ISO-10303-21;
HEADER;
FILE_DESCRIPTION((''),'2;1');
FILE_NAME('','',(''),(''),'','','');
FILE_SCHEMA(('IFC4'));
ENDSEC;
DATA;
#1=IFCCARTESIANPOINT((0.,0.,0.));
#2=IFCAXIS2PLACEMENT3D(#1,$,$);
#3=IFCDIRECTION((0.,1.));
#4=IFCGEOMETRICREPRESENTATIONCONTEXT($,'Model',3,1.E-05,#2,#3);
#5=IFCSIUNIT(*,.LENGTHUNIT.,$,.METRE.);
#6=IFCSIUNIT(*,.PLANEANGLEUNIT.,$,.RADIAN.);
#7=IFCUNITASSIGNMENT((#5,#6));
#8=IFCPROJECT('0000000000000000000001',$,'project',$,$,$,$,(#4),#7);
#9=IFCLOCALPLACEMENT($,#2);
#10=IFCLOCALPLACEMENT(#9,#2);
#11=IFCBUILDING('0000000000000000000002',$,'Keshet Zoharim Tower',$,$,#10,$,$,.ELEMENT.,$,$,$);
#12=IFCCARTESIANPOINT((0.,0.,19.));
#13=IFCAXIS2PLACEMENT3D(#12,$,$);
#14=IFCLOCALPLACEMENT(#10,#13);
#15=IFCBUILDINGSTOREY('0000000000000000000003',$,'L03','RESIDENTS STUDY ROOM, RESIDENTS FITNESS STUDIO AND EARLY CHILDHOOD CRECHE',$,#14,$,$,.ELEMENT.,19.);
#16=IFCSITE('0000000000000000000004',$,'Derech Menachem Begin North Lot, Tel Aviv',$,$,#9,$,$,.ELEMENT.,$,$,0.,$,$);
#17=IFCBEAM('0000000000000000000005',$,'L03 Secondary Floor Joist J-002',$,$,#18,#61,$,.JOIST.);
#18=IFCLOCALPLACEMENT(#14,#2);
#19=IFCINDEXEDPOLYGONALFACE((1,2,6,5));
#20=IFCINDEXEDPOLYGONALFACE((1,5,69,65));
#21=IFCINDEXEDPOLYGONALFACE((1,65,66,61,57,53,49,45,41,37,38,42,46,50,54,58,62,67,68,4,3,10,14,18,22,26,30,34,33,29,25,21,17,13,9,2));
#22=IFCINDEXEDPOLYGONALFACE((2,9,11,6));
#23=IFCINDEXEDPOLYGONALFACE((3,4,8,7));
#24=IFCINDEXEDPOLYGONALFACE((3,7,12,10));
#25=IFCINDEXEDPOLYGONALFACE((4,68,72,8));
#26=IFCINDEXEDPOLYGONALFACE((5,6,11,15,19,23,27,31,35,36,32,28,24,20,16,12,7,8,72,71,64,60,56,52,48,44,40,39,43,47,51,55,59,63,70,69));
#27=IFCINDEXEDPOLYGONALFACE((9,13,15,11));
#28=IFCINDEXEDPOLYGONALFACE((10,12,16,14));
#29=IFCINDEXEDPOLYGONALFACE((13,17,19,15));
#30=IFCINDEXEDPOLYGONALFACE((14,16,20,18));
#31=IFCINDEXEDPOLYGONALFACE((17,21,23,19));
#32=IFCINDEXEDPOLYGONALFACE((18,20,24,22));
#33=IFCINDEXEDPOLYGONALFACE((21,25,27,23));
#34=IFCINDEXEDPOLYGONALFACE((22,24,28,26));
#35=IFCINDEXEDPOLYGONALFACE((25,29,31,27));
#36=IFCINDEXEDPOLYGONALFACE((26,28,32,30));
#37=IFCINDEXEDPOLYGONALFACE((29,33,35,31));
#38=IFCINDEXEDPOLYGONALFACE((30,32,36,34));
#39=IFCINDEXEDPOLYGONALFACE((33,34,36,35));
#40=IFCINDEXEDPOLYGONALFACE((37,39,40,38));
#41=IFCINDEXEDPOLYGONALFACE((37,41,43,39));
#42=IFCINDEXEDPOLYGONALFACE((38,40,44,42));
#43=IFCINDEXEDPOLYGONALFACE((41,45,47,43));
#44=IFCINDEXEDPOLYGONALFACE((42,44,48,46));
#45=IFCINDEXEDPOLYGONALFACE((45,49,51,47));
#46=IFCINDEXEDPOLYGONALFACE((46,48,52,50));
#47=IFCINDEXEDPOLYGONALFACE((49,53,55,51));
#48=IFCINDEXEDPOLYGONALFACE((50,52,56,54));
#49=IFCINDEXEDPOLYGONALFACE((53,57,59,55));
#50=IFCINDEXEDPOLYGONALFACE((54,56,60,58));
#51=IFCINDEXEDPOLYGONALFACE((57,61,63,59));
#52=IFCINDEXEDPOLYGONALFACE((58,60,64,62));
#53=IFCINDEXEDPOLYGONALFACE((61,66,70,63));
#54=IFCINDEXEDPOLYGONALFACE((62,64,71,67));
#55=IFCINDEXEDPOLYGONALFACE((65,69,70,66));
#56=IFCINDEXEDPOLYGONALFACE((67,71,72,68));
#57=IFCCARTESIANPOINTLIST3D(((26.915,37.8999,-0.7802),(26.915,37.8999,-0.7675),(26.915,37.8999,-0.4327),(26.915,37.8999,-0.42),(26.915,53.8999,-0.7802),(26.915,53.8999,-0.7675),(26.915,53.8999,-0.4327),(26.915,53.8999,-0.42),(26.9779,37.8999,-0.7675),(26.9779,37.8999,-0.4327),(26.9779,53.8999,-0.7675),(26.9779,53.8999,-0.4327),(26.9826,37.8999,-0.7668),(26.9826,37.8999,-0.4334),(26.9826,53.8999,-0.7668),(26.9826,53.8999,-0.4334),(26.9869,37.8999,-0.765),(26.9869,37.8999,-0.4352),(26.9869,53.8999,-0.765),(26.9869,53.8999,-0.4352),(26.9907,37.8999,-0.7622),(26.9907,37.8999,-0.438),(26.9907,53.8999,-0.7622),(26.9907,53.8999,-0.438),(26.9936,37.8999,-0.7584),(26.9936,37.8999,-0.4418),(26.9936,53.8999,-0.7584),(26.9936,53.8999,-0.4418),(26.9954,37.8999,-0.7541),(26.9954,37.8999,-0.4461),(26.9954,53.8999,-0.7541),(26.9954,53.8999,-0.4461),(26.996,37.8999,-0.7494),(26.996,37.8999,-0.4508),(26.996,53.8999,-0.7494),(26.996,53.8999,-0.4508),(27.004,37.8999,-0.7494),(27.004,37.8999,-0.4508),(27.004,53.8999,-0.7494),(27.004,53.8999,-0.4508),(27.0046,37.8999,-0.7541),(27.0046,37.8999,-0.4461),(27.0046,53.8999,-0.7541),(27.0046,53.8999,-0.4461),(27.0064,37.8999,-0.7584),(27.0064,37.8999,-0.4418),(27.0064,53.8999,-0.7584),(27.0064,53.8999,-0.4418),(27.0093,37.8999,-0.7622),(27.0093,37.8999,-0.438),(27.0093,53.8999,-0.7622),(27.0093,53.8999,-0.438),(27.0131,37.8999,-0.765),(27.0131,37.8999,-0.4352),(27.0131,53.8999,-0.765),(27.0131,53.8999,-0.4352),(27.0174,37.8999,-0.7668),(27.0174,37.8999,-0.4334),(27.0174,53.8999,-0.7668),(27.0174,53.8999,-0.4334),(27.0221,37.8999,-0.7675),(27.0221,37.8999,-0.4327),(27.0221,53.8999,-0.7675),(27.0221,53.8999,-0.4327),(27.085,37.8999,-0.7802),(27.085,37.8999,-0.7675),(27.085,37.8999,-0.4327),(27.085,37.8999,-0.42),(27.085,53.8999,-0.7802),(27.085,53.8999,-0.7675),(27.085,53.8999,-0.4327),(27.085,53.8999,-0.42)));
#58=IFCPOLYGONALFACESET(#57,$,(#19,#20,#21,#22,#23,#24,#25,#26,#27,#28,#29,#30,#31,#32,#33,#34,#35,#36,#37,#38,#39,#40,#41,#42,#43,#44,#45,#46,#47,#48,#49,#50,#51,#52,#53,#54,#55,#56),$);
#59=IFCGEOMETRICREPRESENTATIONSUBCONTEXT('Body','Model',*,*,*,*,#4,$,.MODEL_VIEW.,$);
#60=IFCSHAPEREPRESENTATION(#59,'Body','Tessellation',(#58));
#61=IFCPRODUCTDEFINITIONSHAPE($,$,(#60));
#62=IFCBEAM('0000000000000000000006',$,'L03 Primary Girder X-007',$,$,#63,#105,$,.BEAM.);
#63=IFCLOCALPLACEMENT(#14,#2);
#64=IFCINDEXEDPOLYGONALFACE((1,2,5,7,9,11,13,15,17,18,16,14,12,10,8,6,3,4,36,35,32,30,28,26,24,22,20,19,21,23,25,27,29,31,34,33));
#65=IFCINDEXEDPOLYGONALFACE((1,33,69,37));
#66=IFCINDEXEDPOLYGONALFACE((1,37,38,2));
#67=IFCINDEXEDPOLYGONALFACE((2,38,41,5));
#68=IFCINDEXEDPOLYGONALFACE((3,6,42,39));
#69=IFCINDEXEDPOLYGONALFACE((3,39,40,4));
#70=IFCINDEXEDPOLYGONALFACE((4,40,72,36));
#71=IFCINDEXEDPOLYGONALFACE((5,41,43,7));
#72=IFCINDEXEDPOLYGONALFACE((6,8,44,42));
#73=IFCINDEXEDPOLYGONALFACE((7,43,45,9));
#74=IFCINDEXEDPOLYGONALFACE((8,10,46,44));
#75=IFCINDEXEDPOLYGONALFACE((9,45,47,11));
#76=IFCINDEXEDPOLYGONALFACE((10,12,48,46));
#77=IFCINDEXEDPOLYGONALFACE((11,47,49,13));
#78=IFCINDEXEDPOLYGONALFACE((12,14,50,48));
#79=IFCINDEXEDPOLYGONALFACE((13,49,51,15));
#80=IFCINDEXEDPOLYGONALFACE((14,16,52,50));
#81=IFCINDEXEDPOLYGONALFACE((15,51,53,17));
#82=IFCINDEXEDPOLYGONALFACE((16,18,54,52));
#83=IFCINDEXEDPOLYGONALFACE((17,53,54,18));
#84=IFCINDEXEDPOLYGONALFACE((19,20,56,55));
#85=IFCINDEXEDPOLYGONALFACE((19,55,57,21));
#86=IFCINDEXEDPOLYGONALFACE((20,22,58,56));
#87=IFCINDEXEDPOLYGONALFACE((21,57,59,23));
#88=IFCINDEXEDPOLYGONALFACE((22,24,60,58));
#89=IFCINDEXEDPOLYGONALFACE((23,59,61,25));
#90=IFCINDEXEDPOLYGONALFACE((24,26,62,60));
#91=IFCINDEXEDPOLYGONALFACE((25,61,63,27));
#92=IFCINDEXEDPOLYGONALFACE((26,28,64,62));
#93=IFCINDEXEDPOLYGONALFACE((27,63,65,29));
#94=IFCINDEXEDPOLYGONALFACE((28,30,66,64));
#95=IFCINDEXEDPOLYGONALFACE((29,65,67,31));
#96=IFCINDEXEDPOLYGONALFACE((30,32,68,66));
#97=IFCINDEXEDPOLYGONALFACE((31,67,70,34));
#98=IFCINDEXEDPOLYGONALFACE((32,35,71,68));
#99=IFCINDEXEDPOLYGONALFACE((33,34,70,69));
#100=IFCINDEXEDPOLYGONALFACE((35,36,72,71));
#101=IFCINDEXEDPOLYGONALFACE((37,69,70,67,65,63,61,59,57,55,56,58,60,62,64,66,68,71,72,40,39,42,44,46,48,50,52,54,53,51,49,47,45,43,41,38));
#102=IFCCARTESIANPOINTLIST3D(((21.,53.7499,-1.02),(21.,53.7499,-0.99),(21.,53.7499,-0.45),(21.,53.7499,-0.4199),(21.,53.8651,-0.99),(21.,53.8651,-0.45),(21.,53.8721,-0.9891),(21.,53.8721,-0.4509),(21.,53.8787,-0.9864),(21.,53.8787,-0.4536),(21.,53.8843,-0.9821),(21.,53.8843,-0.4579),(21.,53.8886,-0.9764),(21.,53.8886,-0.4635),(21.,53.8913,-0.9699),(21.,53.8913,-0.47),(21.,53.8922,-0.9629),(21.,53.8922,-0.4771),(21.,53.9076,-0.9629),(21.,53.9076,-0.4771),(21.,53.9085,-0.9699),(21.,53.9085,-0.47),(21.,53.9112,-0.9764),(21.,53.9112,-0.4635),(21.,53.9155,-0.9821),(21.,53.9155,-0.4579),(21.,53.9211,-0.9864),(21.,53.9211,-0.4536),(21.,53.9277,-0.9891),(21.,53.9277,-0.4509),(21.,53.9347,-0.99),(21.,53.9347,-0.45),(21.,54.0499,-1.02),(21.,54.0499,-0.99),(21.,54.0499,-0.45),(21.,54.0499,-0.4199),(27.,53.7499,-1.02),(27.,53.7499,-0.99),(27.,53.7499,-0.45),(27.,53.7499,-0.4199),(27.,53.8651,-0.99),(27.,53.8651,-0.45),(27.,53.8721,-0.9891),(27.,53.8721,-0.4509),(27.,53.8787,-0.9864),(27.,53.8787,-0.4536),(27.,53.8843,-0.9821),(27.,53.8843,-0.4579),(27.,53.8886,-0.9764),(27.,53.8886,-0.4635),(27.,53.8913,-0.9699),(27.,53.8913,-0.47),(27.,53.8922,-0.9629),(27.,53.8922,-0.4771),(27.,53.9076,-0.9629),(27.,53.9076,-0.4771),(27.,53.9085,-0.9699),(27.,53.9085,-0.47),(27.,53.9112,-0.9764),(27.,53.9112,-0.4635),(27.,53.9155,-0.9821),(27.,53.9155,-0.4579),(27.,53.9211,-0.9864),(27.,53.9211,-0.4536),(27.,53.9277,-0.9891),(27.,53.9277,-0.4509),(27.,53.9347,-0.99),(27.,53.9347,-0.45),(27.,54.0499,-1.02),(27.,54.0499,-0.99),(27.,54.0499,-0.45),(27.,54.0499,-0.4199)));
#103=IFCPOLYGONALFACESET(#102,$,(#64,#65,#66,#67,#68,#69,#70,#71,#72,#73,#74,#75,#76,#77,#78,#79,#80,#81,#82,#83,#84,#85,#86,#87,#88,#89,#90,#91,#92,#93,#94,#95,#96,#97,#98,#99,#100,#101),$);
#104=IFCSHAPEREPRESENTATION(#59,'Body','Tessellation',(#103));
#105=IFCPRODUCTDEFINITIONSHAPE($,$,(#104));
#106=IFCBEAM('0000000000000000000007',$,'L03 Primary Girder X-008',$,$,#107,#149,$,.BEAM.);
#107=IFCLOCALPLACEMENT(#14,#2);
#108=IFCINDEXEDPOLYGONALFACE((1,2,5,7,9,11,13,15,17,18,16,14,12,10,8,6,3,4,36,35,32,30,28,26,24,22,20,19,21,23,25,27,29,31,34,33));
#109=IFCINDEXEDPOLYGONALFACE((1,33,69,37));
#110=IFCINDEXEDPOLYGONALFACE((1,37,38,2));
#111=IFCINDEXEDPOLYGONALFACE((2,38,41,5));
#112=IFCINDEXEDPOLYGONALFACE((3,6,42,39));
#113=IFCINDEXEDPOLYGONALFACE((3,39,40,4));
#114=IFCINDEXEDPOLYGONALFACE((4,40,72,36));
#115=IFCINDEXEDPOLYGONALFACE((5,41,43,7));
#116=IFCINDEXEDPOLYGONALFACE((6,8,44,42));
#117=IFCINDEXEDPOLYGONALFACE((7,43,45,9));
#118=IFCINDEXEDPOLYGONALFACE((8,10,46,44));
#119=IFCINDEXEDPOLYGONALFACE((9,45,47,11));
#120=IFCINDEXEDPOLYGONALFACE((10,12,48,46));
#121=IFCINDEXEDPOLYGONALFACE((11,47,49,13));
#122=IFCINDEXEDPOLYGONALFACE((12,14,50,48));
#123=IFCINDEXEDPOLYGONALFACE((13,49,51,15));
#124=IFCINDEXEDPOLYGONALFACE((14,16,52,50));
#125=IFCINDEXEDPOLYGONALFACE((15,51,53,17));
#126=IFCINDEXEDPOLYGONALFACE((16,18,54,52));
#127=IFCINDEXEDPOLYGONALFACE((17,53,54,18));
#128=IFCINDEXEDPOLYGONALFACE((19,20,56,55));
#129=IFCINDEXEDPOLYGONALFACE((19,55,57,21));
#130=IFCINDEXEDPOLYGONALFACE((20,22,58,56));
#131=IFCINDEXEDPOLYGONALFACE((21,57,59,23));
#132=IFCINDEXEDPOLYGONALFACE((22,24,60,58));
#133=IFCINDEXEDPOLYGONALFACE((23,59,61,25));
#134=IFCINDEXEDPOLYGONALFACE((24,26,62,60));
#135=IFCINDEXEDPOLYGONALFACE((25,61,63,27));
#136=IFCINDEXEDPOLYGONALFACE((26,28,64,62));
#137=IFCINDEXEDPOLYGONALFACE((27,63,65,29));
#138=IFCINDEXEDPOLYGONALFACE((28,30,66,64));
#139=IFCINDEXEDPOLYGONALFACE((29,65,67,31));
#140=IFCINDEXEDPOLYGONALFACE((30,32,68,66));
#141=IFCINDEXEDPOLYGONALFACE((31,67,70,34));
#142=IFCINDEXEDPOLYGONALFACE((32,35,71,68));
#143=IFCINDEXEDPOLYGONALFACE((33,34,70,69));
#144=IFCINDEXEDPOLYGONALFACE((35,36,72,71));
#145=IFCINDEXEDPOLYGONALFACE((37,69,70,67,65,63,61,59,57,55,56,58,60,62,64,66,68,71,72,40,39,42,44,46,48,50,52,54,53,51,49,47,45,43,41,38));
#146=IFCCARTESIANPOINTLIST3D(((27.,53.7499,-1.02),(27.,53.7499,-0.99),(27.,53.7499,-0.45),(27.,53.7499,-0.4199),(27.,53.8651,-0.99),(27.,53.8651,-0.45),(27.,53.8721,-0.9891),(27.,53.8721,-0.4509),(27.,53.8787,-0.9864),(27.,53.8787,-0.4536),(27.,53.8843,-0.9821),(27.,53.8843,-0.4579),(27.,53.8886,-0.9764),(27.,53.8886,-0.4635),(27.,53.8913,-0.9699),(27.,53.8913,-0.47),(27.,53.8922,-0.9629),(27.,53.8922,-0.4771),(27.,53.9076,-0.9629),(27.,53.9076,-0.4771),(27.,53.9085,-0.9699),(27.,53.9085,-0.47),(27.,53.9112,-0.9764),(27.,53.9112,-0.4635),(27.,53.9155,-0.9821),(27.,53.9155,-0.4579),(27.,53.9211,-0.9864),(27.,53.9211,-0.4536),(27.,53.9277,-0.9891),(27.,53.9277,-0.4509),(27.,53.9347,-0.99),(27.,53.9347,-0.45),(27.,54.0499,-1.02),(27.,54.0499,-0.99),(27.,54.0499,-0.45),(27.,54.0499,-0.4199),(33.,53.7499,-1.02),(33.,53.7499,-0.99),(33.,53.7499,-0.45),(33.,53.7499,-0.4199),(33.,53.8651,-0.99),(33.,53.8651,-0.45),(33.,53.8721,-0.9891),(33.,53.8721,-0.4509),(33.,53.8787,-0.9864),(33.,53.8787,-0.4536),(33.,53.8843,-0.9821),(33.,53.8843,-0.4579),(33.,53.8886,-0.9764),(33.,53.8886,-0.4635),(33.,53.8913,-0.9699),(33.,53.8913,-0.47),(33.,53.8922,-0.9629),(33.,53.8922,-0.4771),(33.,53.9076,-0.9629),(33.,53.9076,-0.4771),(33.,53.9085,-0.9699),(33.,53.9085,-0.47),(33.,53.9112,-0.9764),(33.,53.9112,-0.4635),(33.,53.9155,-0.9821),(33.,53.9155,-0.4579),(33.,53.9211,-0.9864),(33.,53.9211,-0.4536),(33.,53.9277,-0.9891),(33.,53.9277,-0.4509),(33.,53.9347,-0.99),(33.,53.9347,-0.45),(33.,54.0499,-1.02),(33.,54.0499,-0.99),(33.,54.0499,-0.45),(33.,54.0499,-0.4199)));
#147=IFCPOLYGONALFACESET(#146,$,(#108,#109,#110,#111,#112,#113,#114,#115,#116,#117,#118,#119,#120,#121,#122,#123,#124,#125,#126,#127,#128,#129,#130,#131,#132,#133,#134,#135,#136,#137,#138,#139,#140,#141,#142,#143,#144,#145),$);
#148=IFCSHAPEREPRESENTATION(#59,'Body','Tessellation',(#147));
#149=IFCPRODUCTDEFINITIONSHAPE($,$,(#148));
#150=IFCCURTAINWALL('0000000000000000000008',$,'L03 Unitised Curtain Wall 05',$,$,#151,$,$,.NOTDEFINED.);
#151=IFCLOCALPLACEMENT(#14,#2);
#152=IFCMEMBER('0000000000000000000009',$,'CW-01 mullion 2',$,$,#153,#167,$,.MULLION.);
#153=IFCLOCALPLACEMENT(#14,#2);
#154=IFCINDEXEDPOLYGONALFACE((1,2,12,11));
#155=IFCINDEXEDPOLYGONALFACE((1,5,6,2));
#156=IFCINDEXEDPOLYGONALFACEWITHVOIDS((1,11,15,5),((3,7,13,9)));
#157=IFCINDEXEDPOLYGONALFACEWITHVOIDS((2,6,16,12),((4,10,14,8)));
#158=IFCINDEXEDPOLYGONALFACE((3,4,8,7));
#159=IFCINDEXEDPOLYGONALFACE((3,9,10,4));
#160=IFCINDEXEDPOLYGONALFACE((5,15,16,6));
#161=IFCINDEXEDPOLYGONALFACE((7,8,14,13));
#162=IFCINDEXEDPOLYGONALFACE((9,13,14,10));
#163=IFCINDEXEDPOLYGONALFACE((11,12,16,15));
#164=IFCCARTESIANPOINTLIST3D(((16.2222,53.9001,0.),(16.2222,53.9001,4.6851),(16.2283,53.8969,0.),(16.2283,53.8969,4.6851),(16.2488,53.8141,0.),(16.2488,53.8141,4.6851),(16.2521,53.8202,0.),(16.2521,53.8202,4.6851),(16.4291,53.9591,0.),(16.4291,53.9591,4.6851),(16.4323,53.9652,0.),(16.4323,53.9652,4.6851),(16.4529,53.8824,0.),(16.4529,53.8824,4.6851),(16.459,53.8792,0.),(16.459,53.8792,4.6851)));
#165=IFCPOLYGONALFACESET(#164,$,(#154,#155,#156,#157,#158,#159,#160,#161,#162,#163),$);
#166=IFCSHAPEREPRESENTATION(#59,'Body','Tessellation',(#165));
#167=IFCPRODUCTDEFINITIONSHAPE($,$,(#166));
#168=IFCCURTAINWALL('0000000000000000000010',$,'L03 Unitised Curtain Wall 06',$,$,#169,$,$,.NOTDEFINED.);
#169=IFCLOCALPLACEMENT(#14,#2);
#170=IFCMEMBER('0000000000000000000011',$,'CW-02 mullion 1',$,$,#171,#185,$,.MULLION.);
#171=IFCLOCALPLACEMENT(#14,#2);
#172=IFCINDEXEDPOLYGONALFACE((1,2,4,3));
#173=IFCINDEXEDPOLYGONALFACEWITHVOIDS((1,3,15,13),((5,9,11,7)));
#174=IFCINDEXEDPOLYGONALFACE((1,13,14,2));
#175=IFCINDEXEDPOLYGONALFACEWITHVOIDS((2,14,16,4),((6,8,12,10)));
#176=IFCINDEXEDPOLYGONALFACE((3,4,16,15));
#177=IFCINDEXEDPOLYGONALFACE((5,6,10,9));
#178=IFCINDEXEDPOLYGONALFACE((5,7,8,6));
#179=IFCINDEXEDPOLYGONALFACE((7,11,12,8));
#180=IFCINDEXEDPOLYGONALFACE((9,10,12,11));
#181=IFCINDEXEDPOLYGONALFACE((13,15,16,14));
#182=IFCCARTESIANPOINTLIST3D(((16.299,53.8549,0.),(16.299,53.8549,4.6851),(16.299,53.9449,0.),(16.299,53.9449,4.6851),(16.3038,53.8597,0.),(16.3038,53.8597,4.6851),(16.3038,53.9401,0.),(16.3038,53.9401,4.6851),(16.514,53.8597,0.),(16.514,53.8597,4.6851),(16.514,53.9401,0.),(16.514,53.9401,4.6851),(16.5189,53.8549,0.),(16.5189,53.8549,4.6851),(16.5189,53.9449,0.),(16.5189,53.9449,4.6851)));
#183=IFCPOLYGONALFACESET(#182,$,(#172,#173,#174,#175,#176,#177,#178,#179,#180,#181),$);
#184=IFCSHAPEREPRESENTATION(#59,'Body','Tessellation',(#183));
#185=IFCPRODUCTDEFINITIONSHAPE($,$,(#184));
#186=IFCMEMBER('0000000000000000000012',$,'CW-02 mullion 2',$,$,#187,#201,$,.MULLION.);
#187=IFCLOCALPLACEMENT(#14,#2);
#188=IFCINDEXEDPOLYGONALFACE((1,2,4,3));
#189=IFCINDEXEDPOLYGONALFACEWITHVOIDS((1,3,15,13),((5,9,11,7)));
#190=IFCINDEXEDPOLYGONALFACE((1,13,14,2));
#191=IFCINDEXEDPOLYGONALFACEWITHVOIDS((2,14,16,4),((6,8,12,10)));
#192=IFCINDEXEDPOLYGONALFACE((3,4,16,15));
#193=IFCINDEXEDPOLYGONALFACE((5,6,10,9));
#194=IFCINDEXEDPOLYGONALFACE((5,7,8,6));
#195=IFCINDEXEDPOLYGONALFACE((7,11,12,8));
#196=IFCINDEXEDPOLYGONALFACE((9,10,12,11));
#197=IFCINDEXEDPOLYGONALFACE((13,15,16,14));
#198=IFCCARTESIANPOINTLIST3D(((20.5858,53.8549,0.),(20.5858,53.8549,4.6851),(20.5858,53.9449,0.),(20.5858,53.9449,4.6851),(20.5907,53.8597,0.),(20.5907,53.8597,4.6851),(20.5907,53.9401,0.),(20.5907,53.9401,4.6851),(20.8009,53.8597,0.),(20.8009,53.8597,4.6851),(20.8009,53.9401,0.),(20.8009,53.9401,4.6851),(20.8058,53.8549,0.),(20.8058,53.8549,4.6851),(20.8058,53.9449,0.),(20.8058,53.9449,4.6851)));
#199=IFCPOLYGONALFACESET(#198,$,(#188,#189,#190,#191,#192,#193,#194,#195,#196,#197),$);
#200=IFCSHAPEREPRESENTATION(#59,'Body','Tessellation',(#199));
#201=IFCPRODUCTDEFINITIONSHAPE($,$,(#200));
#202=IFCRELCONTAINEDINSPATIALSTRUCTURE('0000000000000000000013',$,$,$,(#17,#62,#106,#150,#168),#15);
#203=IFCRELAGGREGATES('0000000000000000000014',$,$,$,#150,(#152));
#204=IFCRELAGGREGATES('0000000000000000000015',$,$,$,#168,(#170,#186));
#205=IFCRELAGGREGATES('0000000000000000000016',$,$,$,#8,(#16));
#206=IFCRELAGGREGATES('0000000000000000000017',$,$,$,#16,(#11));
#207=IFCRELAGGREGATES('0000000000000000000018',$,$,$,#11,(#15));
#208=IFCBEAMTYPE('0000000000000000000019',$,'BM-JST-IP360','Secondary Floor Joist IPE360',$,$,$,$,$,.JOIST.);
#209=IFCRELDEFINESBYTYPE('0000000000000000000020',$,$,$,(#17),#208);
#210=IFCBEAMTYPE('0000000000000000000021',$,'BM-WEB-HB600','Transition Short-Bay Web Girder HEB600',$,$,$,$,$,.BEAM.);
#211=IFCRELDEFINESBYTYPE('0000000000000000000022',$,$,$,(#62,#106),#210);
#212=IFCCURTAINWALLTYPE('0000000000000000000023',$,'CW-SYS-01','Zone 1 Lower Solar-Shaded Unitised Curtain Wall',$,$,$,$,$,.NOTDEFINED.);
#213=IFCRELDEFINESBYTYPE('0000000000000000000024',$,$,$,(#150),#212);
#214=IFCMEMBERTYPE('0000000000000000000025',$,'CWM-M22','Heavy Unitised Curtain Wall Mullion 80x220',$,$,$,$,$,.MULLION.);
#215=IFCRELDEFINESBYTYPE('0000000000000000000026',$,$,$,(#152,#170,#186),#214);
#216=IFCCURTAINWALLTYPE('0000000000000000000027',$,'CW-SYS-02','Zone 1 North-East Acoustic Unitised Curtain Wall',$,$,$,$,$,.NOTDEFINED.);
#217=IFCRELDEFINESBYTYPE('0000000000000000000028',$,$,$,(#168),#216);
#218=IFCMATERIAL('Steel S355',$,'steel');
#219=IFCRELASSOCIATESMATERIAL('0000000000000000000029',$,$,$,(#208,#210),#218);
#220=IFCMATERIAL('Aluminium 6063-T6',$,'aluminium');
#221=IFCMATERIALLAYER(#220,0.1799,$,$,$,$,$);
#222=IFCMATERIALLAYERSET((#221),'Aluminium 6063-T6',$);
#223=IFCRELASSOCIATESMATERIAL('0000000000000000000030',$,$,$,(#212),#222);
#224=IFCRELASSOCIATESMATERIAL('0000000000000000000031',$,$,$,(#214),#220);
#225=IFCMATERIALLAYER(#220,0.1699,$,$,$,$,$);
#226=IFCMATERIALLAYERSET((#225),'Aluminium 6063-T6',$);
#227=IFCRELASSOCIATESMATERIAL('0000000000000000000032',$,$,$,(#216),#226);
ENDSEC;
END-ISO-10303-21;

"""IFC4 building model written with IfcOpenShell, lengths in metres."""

from ifc_helpers import new_model, si_unit, direction, frame, origin, origin_2d, place, context, subcontext, project, spatial, hollow_rectangle, i_section, extrude, material, layer, layer_set, material_profile, profile_set, type_object, element, aggregate, save


model = new_model("IFC4")

# Units and contexts
model_context = context("Model", 3, precision=1e-05, world=origin(), true_north=direction((0.0, 1.0)))
body_context = subcontext(model_context, "Body", "Model", "MODEL_VIEW")
ifc_project = project(units=[si_unit("LENGTHUNIT", "METRE"), si_unit("PLANEANGLEUNIT", "RADIAN")], contexts=[model_context])

# Site, building, storey
site_placement = place(None, origin())
site = spatial("IfcSite", under=ifc_project, at=site_placement, Name="Derech Menachem Begin North Lot, Tel Aviv", CompositionType="ELEMENT", RefElevation=0.0)
building_placement = place(site_placement, origin())
building = spatial("IfcBuilding", under=site, at=building_placement, Name="Keshet Zoharim Tower", CompositionType="ELEMENT")
storey_placement = place(building_placement, frame((0.0, 0.0, 19.0)))
storey = spatial("IfcBuildingStorey", under=building, at=storey_placement, Name="L03", Description="RESIDENTS STUDY ROOM, RESIDENTS FITNESS STUDIO AND EARLY CHILDHOOD CRECHE", CompositionType="ELEMENT", Elevation=19.0)

# Shared definitions
ifc_material_1 = material(Name="Steel S355", Category="steel")

# Beams
ifc_material_profile_1 = material_profile(ifc_material_1, i_section(OverallWidth=0.1699, OverallDepth=0.3601, WebThickness=0.0081, FlangeThickness=0.0127, FilletRadius=0.0181, at=origin_2d()), Name="IPE360")
ifc_profile_set_1 = profile_set([ifc_material_profile_1], Name="Steel S355")
beam_type_1 = type_object("IfcBeamType", Name="BM-JST-IP360", Description="Secondary Floor Joist IPE360", PredefinedType="JOIST", material=ifc_profile_set_1)
for number, where, z_axis, x_axis, name in (
    (1, (27.0, 37.8999, -0.6001), (0.0, 1.0, 0.0), (-1.0, 0.0, 0.0), "L03 Secondary Floor Joist J-002"),
):
    element("IfcBeam", number, at=place(storey_placement, frame(where, z_axis=z_axis, x_axis=x_axis)), inside=storey, type_object=beam_type_1, Name=name, PredefinedType="JOIST", context=body_context, shape_type="SweptSolid", body=[
        extrude(i_section(OverallWidth=0.1699, OverallDepth=0.3601, WebThickness=0.0081, FlangeThickness=0.0127, FilletRadius=0.0181, at=origin_2d()), origin(), (0.0, 0.0, 1.0), 16.0),
    ])
ifc_material_profile_2 = material_profile(ifc_material_1, i_section(OverallWidth=0.3, OverallDepth=0.6001, WebThickness=0.0154, FlangeThickness=0.03, FilletRadius=0.0271, at=origin_2d()), Name="HEB600")
ifc_profile_set_2 = profile_set([ifc_material_profile_2], Name="Steel S355")
beam_type_2 = type_object("IfcBeamType", Name="BM-WEB-HB600", Description="Transition Short-Bay Web Girder HEB600", PredefinedType="BEAM", material=ifc_profile_set_2)
for number, where, z_axis, x_axis, name in (
    (2, (21.0, 53.8999, -0.72), (1.0, 0.0, 0.0), (0.0, 1.0, 0.0), "L03 Primary Girder X-007"),
    (3, (27.0, 53.8999, -0.72), (1.0, 0.0, 0.0), (0.0, 1.0, 0.0), "L03 Primary Girder X-008"),
):
    element("IfcBeam", number, at=place(storey_placement, frame(where, z_axis=z_axis, x_axis=x_axis)), inside=storey, type_object=beam_type_2, Name=name, PredefinedType="BEAM", context=body_context, shape_type="SweptSolid", body=[
        extrude(i_section(OverallWidth=0.3, OverallDepth=0.6001, WebThickness=0.0154, FlangeThickness=0.03, FilletRadius=0.0271, at=origin_2d()), origin(), (0.0, 0.0, 1.0), 6.0),
    ])

# Curtain wall, member
ifc_material_2 = material(Name="Aluminium 6063-T6", Category="aluminium")
ifc_layer_1 = layer(ifc_material_2, 0.1799)
ifc_layer_set_1 = layer_set([ifc_layer_1], Name="Aluminium 6063-T6")
curtain_wall_type_1 = type_object("IfcCurtainWallType", Name="CW-SYS-01", Description="Zone 1 Lower Solar-Shaded Unitised Curtain Wall", PredefinedType="NOTDEFINED", material=ifc_layer_set_1)
curtain_wall_1_placement = place(storey_placement, origin())
curtain_wall_1 = element("IfcCurtainWall", 4, at=curtain_wall_1_placement, inside=storey, type_object=curtain_wall_type_1, Name="L03 Unitised Curtain Wall 05", PredefinedType="NOTDEFINED")
ifc_material_profile_3 = material_profile(ifc_material_2, hollow_rectangle(XDim=0.0901, YDim=0.22, WallThickness=0.0049, at=origin_2d()), Name="MUL-90x220")
ifc_profile_set_3 = profile_set([ifc_material_profile_3], Name="Aluminium 6063-T6")
member_type_1 = type_object("IfcMemberType", Name="CWM-M22", Description="Heavy Unitised Curtain Wall Mullion 80x220", PredefinedType="MULLION", material=ifc_profile_set_3)
member_1_placement = place(storey_placement, frame((16.3406, 53.8896, 0.0), z_axis=(0.0, 0.0, 1.0), x_axis=(-0.295922, 0.955212, 0.0)))
member_1 = element("IfcMember", 5, at=member_1_placement, type_object=member_type_1, Name="CW-01 mullion 2", PredefinedType="MULLION", context=body_context, shape_type="SweptSolid", body=[
    extrude(hollow_rectangle(XDim=0.0901, YDim=0.22, WallThickness=0.0049, at=origin_2d()), origin(), (0.0, 0.0, 1.0), 4.6851),
])
aggregate(curtain_wall_1, [member_1])

# Curtain wall, members
ifc_layer_2 = layer(ifc_material_2, 0.1699)
ifc_layer_set_2 = layer_set([ifc_layer_2], Name="Aluminium 6063-T6")
curtain_wall_type_2 = type_object("IfcCurtainWallType", Name="CW-SYS-02", Description="Zone 1 North-East Acoustic Unitised Curtain Wall", PredefinedType="NOTDEFINED", material=ifc_layer_set_2)
curtain_wall_2_placement = place(storey_placement, origin())
curtain_wall_2 = element("IfcCurtainWall", 6, at=curtain_wall_2_placement, inside=storey, type_object=curtain_wall_type_2, Name="L03 Unitised Curtain Wall 06", PredefinedType="NOTDEFINED")
member_2_placement = place(storey_placement, frame((16.4089, 53.8999, 0.0), z_axis=(0.0, 0.0, 1.0), x_axis=(0.0, 1.0, 0.0)))
member_2 = element("IfcMember", 7, at=member_2_placement, type_object=member_type_1, Name="CW-02 mullion 1", PredefinedType="MULLION", context=body_context, shape_type="SweptSolid", body=[
    extrude(hollow_rectangle(XDim=0.0901, YDim=0.22, WallThickness=0.0049, at=origin_2d()), origin(), (0.0, 0.0, 1.0), 4.6851),
])
member_3_placement = place(storey_placement, frame((20.6958, 53.8999, 0.0), z_axis=(0.0, 0.0, 1.0), x_axis=(0.0, 1.0, 0.0)))
member_3 = element("IfcMember", 8, at=member_3_placement, type_object=member_type_1, Name="CW-02 mullion 2", PredefinedType="MULLION", context=body_context, shape_type="SweptSolid", body=[
    extrude(hollow_rectangle(XDim=0.0901, YDim=0.22, WallThickness=0.0049, at=origin_2d()), origin(), (0.0, 0.0, 1.0), 4.6851),
])

aggregate(curtain_wall_2, [member_2, member_3])

save(model, "model.ifc")
